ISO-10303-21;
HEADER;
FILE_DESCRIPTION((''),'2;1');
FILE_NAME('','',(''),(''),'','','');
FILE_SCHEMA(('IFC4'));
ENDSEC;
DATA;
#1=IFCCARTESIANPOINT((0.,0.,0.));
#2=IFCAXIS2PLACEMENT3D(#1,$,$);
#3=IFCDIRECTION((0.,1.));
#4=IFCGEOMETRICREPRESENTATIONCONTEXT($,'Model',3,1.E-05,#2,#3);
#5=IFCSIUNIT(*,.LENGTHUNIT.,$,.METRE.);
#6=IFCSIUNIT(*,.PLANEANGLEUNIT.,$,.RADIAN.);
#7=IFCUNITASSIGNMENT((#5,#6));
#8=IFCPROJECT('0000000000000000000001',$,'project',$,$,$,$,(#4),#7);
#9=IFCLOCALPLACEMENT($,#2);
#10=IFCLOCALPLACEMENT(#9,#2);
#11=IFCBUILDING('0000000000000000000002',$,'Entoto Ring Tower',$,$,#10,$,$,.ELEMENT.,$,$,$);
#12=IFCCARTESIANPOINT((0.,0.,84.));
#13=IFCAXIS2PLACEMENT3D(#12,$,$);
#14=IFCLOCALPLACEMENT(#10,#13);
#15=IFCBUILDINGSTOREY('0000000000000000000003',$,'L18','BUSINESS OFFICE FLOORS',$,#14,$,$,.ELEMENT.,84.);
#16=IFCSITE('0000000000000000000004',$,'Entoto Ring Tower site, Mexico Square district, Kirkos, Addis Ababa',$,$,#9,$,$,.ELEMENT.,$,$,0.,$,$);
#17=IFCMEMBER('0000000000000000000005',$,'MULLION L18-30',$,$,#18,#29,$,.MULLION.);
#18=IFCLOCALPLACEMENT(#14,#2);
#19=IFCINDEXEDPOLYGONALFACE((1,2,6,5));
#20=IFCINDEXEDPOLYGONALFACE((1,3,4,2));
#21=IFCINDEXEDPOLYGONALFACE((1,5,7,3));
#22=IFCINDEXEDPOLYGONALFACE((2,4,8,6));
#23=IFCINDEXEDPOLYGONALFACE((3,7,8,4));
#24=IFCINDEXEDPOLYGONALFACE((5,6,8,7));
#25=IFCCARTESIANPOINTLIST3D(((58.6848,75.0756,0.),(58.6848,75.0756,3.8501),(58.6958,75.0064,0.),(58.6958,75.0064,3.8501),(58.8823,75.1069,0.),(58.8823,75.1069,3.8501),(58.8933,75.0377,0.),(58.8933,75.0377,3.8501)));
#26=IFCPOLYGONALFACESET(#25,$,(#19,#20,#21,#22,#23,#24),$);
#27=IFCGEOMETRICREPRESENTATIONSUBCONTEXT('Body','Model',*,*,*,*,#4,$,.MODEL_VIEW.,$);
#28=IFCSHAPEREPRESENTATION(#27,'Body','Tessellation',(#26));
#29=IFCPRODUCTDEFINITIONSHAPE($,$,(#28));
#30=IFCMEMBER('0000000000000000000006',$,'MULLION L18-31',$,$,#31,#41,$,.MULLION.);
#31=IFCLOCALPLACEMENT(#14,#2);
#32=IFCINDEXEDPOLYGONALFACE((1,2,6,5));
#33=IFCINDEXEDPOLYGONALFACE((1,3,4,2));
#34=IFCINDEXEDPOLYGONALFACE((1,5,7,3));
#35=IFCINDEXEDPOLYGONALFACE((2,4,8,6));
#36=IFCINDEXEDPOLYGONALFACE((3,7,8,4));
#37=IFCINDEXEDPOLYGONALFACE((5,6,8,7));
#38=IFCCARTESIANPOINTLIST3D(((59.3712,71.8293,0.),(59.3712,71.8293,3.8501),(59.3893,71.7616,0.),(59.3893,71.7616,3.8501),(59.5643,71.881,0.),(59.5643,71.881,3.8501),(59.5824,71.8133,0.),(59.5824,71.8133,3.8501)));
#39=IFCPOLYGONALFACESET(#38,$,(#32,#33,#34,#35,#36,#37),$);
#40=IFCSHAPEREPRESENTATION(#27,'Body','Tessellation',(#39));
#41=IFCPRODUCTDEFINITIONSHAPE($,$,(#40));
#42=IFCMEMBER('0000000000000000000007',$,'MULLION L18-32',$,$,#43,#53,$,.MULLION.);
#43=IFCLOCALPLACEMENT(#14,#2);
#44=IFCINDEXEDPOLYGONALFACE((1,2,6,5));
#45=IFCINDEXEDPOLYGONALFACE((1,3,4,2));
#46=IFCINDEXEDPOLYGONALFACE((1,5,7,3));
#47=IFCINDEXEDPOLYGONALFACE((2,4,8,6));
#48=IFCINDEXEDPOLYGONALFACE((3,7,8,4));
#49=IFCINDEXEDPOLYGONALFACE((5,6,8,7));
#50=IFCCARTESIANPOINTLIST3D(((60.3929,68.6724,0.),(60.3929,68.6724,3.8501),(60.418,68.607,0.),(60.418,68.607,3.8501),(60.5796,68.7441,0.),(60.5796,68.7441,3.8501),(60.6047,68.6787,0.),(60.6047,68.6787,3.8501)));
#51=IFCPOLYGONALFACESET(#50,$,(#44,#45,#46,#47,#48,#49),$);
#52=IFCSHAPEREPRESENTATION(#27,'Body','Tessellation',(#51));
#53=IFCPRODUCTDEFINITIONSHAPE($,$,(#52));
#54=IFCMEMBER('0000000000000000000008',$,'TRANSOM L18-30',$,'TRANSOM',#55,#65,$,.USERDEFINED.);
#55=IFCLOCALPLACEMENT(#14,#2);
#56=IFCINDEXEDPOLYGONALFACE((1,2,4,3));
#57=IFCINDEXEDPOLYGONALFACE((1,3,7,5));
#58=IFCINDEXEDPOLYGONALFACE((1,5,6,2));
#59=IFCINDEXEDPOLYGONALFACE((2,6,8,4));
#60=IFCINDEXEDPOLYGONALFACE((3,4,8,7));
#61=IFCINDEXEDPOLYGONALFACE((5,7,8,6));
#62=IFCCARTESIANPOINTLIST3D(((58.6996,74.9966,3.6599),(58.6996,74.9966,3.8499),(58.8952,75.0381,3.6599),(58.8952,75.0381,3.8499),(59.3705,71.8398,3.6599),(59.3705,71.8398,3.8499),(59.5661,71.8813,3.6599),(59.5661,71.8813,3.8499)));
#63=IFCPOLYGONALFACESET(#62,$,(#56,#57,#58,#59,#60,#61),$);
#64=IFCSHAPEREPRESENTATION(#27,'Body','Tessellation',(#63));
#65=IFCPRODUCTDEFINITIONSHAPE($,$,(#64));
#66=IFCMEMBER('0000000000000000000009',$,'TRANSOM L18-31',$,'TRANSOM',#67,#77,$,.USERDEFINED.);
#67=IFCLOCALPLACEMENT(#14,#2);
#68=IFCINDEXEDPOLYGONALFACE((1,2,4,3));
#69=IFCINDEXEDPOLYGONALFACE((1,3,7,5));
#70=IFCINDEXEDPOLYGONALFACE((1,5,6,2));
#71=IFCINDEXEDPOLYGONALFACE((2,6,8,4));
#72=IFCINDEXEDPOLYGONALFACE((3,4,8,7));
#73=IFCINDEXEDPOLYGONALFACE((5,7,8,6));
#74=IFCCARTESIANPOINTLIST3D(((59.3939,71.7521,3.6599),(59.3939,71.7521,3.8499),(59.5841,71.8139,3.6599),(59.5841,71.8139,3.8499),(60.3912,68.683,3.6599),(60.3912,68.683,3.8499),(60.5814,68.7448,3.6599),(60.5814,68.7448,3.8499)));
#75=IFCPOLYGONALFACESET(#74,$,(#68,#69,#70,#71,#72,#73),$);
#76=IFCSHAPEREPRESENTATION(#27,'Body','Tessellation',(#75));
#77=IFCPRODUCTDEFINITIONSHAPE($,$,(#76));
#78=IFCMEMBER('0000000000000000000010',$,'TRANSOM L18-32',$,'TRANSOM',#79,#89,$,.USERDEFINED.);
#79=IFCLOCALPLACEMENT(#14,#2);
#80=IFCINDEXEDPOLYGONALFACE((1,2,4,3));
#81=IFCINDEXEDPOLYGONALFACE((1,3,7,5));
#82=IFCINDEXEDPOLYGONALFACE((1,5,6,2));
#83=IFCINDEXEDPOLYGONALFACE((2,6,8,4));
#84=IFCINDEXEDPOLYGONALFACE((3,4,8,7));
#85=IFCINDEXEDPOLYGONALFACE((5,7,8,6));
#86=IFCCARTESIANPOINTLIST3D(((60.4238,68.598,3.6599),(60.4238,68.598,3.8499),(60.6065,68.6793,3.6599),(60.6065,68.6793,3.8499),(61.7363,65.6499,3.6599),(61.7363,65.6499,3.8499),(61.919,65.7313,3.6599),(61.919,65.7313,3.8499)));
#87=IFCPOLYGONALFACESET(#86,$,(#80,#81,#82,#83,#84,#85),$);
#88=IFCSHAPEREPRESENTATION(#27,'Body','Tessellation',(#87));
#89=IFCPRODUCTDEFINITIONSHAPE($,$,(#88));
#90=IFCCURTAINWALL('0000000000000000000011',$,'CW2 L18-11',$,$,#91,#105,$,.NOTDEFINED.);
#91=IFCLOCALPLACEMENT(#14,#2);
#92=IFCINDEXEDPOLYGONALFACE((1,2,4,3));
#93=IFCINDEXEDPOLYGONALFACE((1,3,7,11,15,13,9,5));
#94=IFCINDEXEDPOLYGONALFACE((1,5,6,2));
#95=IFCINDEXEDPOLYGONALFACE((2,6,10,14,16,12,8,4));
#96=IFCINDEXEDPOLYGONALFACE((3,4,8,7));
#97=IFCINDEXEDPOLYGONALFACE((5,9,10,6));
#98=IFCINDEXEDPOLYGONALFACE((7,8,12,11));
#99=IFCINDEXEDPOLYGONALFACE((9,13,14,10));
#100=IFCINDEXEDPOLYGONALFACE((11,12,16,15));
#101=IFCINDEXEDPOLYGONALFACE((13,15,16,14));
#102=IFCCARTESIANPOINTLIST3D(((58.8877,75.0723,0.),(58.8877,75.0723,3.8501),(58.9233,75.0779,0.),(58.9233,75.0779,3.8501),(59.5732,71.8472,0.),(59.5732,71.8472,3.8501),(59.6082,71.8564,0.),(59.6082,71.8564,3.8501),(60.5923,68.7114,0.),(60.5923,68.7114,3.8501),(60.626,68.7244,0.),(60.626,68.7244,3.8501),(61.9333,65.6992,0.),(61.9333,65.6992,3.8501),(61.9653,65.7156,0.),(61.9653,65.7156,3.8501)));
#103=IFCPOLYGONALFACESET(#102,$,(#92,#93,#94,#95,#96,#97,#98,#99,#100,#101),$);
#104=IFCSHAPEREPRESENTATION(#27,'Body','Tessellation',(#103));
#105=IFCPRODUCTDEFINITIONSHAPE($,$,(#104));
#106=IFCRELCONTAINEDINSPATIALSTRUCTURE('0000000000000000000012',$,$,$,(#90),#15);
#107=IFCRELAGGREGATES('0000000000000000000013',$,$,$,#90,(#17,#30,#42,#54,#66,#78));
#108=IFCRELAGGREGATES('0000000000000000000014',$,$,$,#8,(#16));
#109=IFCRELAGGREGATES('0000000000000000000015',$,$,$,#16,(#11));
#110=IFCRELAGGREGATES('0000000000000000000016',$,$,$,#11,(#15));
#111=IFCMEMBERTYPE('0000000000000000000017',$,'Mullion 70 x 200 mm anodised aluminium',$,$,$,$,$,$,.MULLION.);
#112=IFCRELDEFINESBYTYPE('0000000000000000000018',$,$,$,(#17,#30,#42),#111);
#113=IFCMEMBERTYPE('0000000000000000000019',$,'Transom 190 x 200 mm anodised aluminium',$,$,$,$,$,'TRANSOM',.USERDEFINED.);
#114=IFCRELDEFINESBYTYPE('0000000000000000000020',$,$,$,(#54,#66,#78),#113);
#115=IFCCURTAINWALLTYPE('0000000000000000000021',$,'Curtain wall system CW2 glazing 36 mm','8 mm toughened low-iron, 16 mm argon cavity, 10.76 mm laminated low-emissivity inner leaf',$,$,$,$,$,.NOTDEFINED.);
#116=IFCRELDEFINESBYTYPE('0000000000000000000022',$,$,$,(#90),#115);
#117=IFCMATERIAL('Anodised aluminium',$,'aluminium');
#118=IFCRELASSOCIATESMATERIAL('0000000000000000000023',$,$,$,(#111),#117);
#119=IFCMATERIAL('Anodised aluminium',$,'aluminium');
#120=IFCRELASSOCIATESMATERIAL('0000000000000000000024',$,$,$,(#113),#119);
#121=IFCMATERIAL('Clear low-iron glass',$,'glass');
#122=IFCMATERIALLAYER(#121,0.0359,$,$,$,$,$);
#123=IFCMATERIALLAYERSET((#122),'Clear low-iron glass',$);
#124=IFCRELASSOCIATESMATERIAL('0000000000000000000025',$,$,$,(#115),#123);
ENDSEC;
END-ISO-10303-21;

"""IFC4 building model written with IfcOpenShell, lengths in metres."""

from ifc_helpers import new_model, si_unit, direction, frame, origin, origin_2d, place, context, subcontext, project, spatial, polyline, rectangle, outline, extrude, material, layer, layer_set, material_profile, profile_set, type_object, element, aggregate, save


model = new_model("IFC4")

# Units and contexts
model_context = context("Model", 3, precision=1e-05, world=origin(), true_north=direction((0.0, 1.0)))
body_context = subcontext(model_context, "Body", "Model", "MODEL_VIEW")
ifc_project = project(units=[si_unit("LENGTHUNIT", "METRE"), si_unit("PLANEANGLEUNIT", "RADIAN")], contexts=[model_context])

# Members
ifc_material_1 = material(Name="Anodised aluminium", Category="aluminium")
ifc_material_profile_1 = material_profile(ifc_material_1, rectangle(XDim=0.0701, YDim=0.2, at=origin_2d()), Name="Mullion 70 x 200 mm anodised aluminium")
ifc_profile_set_1 = profile_set([ifc_material_profile_1], Name="Anodised aluminium")
member_type_1 = type_object("IfcMemberType", Name="Mullion 70 x 200 mm anodised aluminium", PredefinedType="MULLION", material=ifc_profile_set_1)
site_placement = place(None, origin())
building_placement = place(site_placement, origin())
storey_placement = place(building_placement, frame((0.0, 0.0, 84.0)))
member_1_placement = place(storey_placement, frame((58.7891, 75.0566, 0.0), z_axis=(0.0, 0.0, 1.0), x_axis=(0.156434, -0.987688, 0.0)))
member_1 = element("IfcMember", 1, at=member_1_placement, type_object=member_type_1, Name="MULLION L18-30", PredefinedType="MULLION", context=body_context, shape_type="SweptSolid", body=[
    extrude(rectangle(XDim=0.0701, YDim=0.2, at=origin_2d()), origin(), (0.0, 0.0, 1.0), 3.8501),
])
member_2_placement = place(storey_placement, frame((59.4768, 71.8213, 0.0), z_axis=(0.0, 0.0, 1.0), x_axis=(0.258819, -0.965926, 0.0)))
member_2 = element("IfcMember", 2, at=member_2_placement, type_object=member_type_1, Name="MULLION L18-31", PredefinedType="MULLION", context=body_context, shape_type="SweptSolid", body=[
    extrude(rectangle(XDim=0.0701, YDim=0.2, at=origin_2d()), origin(), (0.0, 0.0, 1.0), 3.8501),
])
member_3_placement = place(storey_placement, frame((60.4988, 68.6755, 0.0), z_axis=(0.0, 0.0, 1.0), x_axis=(0.358368, -0.93358, 0.0)))
member_3 = element("IfcMember", 3, at=member_3_placement, type_object=member_type_1, Name="MULLION L18-32", PredefinedType="MULLION", context=body_context, shape_type="SweptSolid", body=[
    extrude(rectangle(XDim=0.0701, YDim=0.2, at=origin_2d()), origin(), (0.0, 0.0, 1.0), 3.8501),
])
ifc_material_2 = material(Name="Anodised aluminium", Category="aluminium")
ifc_material_profile_2 = material_profile(ifc_material_2, rectangle(XDim=0.2, YDim=0.1899, at=origin_2d()), Name="Transom 190 x 200 mm anodised aluminium")
ifc_profile_set_2 = profile_set([ifc_material_profile_2], Name="Anodised aluminium")
member_type_2 = type_object("IfcMemberType", Name="Transom 190 x 200 mm anodised aluminium", ElementType="TRANSOM", PredefinedType="USERDEFINED", material=ifc_profile_set_2)
member_4_placement = place(storey_placement, frame((58.7974, 75.0173, 3.7549), z_axis=(0.207886, -0.978153, 0.0), x_axis=(0.978153, 0.207886, 0.0)))
member_4 = element("IfcMember", 4, at=member_4_placement, type_object=member_type_2, Name="TRANSOM L18-30", ObjectType="TRANSOM", PredefinedType="USERDEFINED", context=body_context, shape_type="SweptSolid", body=[
    extrude(rectangle(XDim=0.2, YDim=0.1899, at=origin_2d()), origin(), (0.0, 0.0, 1.0), 3.2273),
])
member_5_placement = place(storey_placement, frame((59.489, 71.783, 3.7549), z_axis=(0.309047, -0.951047, 0.0), x_axis=(0.951047, 0.309047, 0.0)))
member_5 = element("IfcMember", 5, at=member_5_placement, type_object=member_type_2, Name="TRANSOM L18-31", ObjectType="TRANSOM", PredefinedType="USERDEFINED", context=body_context, shape_type="SweptSolid", body=[
    extrude(rectangle(XDim=0.2, YDim=0.1899, at=origin_2d()), origin(), (0.0, 0.0, 1.0), 3.2271),
])
member_6_placement = place(storey_placement, frame((60.5151, 68.6387, 3.7549), z_axis=(0.406728, -0.913549, 0.0), x_axis=(0.913549, 0.406728, 0.0)))
member_6 = element("IfcMember", 6, at=member_6_placement, type_object=member_type_2, Name="TRANSOM L18-32", ObjectType="TRANSOM", PredefinedType="USERDEFINED", context=body_context, shape_type="SweptSolid", body=[
    extrude(rectangle(XDim=0.2, YDim=0.1899, at=origin_2d()), origin(), (0.0, 0.0, 1.0), 3.2271),
])

# Site, building, storey
site = spatial("IfcSite", under=ifc_project, at=site_placement, Name="Entoto Ring Tower site, Mexico Square district, Kirkos, Addis Ababa", CompositionType="ELEMENT", RefElevation=0.0)
building = spatial("IfcBuilding", under=site, at=building_placement, Name="Entoto Ring Tower", CompositionType="ELEMENT")
storey = spatial("IfcBuildingStorey", under=building, at=storey_placement, Name="L18", Description="BUSINESS OFFICE FLOORS", CompositionType="ELEMENT", Elevation=84.0)

# Curtain wall
ifc_material_3 = material(Name="Clear low-iron glass", Category="glass")
ifc_layer = layer(ifc_material_3, 0.0359)
ifc_layer_set = layer_set([ifc_layer], Name="Clear low-iron glass")
curtain_wall_type = type_object("IfcCurtainWallType", Name="Curtain wall system CW2 glazing 36 mm", Description="8 mm toughened low-iron, 16 mm argon cavity, 10.76 mm laminated low-emissivity inner leaf", PredefinedType="NOTDEFINED", material=ifc_layer_set)
curtain_wall_1_placement = place(storey_placement, origin())
curtain_wall_1 = element("IfcCurtainWall", 7, at=curtain_wall_1_placement, inside=storey, type_object=curtain_wall_type, Name="CW2 L18-11", PredefinedType="NOTDEFINED", context=body_context, shape_type="SweptSolid", body=[
    extrude(outline(polyline([(58.8877, 75.0723), (59.5732, 71.8472), (60.5923, 68.7114), (61.9333, 65.6992), (61.9653, 65.7156), (60.626, 68.7244), (59.6082, 71.8564), (58.9233, 75.0779), (58.8877, 75.0723)])), origin(), (0.0, 0.0, 1.0), 3.8501),
])
aggregate(curtain_wall_1, [member_1, member_2, member_3, member_4, member_5, member_6])

save(model, "model.ifc")
